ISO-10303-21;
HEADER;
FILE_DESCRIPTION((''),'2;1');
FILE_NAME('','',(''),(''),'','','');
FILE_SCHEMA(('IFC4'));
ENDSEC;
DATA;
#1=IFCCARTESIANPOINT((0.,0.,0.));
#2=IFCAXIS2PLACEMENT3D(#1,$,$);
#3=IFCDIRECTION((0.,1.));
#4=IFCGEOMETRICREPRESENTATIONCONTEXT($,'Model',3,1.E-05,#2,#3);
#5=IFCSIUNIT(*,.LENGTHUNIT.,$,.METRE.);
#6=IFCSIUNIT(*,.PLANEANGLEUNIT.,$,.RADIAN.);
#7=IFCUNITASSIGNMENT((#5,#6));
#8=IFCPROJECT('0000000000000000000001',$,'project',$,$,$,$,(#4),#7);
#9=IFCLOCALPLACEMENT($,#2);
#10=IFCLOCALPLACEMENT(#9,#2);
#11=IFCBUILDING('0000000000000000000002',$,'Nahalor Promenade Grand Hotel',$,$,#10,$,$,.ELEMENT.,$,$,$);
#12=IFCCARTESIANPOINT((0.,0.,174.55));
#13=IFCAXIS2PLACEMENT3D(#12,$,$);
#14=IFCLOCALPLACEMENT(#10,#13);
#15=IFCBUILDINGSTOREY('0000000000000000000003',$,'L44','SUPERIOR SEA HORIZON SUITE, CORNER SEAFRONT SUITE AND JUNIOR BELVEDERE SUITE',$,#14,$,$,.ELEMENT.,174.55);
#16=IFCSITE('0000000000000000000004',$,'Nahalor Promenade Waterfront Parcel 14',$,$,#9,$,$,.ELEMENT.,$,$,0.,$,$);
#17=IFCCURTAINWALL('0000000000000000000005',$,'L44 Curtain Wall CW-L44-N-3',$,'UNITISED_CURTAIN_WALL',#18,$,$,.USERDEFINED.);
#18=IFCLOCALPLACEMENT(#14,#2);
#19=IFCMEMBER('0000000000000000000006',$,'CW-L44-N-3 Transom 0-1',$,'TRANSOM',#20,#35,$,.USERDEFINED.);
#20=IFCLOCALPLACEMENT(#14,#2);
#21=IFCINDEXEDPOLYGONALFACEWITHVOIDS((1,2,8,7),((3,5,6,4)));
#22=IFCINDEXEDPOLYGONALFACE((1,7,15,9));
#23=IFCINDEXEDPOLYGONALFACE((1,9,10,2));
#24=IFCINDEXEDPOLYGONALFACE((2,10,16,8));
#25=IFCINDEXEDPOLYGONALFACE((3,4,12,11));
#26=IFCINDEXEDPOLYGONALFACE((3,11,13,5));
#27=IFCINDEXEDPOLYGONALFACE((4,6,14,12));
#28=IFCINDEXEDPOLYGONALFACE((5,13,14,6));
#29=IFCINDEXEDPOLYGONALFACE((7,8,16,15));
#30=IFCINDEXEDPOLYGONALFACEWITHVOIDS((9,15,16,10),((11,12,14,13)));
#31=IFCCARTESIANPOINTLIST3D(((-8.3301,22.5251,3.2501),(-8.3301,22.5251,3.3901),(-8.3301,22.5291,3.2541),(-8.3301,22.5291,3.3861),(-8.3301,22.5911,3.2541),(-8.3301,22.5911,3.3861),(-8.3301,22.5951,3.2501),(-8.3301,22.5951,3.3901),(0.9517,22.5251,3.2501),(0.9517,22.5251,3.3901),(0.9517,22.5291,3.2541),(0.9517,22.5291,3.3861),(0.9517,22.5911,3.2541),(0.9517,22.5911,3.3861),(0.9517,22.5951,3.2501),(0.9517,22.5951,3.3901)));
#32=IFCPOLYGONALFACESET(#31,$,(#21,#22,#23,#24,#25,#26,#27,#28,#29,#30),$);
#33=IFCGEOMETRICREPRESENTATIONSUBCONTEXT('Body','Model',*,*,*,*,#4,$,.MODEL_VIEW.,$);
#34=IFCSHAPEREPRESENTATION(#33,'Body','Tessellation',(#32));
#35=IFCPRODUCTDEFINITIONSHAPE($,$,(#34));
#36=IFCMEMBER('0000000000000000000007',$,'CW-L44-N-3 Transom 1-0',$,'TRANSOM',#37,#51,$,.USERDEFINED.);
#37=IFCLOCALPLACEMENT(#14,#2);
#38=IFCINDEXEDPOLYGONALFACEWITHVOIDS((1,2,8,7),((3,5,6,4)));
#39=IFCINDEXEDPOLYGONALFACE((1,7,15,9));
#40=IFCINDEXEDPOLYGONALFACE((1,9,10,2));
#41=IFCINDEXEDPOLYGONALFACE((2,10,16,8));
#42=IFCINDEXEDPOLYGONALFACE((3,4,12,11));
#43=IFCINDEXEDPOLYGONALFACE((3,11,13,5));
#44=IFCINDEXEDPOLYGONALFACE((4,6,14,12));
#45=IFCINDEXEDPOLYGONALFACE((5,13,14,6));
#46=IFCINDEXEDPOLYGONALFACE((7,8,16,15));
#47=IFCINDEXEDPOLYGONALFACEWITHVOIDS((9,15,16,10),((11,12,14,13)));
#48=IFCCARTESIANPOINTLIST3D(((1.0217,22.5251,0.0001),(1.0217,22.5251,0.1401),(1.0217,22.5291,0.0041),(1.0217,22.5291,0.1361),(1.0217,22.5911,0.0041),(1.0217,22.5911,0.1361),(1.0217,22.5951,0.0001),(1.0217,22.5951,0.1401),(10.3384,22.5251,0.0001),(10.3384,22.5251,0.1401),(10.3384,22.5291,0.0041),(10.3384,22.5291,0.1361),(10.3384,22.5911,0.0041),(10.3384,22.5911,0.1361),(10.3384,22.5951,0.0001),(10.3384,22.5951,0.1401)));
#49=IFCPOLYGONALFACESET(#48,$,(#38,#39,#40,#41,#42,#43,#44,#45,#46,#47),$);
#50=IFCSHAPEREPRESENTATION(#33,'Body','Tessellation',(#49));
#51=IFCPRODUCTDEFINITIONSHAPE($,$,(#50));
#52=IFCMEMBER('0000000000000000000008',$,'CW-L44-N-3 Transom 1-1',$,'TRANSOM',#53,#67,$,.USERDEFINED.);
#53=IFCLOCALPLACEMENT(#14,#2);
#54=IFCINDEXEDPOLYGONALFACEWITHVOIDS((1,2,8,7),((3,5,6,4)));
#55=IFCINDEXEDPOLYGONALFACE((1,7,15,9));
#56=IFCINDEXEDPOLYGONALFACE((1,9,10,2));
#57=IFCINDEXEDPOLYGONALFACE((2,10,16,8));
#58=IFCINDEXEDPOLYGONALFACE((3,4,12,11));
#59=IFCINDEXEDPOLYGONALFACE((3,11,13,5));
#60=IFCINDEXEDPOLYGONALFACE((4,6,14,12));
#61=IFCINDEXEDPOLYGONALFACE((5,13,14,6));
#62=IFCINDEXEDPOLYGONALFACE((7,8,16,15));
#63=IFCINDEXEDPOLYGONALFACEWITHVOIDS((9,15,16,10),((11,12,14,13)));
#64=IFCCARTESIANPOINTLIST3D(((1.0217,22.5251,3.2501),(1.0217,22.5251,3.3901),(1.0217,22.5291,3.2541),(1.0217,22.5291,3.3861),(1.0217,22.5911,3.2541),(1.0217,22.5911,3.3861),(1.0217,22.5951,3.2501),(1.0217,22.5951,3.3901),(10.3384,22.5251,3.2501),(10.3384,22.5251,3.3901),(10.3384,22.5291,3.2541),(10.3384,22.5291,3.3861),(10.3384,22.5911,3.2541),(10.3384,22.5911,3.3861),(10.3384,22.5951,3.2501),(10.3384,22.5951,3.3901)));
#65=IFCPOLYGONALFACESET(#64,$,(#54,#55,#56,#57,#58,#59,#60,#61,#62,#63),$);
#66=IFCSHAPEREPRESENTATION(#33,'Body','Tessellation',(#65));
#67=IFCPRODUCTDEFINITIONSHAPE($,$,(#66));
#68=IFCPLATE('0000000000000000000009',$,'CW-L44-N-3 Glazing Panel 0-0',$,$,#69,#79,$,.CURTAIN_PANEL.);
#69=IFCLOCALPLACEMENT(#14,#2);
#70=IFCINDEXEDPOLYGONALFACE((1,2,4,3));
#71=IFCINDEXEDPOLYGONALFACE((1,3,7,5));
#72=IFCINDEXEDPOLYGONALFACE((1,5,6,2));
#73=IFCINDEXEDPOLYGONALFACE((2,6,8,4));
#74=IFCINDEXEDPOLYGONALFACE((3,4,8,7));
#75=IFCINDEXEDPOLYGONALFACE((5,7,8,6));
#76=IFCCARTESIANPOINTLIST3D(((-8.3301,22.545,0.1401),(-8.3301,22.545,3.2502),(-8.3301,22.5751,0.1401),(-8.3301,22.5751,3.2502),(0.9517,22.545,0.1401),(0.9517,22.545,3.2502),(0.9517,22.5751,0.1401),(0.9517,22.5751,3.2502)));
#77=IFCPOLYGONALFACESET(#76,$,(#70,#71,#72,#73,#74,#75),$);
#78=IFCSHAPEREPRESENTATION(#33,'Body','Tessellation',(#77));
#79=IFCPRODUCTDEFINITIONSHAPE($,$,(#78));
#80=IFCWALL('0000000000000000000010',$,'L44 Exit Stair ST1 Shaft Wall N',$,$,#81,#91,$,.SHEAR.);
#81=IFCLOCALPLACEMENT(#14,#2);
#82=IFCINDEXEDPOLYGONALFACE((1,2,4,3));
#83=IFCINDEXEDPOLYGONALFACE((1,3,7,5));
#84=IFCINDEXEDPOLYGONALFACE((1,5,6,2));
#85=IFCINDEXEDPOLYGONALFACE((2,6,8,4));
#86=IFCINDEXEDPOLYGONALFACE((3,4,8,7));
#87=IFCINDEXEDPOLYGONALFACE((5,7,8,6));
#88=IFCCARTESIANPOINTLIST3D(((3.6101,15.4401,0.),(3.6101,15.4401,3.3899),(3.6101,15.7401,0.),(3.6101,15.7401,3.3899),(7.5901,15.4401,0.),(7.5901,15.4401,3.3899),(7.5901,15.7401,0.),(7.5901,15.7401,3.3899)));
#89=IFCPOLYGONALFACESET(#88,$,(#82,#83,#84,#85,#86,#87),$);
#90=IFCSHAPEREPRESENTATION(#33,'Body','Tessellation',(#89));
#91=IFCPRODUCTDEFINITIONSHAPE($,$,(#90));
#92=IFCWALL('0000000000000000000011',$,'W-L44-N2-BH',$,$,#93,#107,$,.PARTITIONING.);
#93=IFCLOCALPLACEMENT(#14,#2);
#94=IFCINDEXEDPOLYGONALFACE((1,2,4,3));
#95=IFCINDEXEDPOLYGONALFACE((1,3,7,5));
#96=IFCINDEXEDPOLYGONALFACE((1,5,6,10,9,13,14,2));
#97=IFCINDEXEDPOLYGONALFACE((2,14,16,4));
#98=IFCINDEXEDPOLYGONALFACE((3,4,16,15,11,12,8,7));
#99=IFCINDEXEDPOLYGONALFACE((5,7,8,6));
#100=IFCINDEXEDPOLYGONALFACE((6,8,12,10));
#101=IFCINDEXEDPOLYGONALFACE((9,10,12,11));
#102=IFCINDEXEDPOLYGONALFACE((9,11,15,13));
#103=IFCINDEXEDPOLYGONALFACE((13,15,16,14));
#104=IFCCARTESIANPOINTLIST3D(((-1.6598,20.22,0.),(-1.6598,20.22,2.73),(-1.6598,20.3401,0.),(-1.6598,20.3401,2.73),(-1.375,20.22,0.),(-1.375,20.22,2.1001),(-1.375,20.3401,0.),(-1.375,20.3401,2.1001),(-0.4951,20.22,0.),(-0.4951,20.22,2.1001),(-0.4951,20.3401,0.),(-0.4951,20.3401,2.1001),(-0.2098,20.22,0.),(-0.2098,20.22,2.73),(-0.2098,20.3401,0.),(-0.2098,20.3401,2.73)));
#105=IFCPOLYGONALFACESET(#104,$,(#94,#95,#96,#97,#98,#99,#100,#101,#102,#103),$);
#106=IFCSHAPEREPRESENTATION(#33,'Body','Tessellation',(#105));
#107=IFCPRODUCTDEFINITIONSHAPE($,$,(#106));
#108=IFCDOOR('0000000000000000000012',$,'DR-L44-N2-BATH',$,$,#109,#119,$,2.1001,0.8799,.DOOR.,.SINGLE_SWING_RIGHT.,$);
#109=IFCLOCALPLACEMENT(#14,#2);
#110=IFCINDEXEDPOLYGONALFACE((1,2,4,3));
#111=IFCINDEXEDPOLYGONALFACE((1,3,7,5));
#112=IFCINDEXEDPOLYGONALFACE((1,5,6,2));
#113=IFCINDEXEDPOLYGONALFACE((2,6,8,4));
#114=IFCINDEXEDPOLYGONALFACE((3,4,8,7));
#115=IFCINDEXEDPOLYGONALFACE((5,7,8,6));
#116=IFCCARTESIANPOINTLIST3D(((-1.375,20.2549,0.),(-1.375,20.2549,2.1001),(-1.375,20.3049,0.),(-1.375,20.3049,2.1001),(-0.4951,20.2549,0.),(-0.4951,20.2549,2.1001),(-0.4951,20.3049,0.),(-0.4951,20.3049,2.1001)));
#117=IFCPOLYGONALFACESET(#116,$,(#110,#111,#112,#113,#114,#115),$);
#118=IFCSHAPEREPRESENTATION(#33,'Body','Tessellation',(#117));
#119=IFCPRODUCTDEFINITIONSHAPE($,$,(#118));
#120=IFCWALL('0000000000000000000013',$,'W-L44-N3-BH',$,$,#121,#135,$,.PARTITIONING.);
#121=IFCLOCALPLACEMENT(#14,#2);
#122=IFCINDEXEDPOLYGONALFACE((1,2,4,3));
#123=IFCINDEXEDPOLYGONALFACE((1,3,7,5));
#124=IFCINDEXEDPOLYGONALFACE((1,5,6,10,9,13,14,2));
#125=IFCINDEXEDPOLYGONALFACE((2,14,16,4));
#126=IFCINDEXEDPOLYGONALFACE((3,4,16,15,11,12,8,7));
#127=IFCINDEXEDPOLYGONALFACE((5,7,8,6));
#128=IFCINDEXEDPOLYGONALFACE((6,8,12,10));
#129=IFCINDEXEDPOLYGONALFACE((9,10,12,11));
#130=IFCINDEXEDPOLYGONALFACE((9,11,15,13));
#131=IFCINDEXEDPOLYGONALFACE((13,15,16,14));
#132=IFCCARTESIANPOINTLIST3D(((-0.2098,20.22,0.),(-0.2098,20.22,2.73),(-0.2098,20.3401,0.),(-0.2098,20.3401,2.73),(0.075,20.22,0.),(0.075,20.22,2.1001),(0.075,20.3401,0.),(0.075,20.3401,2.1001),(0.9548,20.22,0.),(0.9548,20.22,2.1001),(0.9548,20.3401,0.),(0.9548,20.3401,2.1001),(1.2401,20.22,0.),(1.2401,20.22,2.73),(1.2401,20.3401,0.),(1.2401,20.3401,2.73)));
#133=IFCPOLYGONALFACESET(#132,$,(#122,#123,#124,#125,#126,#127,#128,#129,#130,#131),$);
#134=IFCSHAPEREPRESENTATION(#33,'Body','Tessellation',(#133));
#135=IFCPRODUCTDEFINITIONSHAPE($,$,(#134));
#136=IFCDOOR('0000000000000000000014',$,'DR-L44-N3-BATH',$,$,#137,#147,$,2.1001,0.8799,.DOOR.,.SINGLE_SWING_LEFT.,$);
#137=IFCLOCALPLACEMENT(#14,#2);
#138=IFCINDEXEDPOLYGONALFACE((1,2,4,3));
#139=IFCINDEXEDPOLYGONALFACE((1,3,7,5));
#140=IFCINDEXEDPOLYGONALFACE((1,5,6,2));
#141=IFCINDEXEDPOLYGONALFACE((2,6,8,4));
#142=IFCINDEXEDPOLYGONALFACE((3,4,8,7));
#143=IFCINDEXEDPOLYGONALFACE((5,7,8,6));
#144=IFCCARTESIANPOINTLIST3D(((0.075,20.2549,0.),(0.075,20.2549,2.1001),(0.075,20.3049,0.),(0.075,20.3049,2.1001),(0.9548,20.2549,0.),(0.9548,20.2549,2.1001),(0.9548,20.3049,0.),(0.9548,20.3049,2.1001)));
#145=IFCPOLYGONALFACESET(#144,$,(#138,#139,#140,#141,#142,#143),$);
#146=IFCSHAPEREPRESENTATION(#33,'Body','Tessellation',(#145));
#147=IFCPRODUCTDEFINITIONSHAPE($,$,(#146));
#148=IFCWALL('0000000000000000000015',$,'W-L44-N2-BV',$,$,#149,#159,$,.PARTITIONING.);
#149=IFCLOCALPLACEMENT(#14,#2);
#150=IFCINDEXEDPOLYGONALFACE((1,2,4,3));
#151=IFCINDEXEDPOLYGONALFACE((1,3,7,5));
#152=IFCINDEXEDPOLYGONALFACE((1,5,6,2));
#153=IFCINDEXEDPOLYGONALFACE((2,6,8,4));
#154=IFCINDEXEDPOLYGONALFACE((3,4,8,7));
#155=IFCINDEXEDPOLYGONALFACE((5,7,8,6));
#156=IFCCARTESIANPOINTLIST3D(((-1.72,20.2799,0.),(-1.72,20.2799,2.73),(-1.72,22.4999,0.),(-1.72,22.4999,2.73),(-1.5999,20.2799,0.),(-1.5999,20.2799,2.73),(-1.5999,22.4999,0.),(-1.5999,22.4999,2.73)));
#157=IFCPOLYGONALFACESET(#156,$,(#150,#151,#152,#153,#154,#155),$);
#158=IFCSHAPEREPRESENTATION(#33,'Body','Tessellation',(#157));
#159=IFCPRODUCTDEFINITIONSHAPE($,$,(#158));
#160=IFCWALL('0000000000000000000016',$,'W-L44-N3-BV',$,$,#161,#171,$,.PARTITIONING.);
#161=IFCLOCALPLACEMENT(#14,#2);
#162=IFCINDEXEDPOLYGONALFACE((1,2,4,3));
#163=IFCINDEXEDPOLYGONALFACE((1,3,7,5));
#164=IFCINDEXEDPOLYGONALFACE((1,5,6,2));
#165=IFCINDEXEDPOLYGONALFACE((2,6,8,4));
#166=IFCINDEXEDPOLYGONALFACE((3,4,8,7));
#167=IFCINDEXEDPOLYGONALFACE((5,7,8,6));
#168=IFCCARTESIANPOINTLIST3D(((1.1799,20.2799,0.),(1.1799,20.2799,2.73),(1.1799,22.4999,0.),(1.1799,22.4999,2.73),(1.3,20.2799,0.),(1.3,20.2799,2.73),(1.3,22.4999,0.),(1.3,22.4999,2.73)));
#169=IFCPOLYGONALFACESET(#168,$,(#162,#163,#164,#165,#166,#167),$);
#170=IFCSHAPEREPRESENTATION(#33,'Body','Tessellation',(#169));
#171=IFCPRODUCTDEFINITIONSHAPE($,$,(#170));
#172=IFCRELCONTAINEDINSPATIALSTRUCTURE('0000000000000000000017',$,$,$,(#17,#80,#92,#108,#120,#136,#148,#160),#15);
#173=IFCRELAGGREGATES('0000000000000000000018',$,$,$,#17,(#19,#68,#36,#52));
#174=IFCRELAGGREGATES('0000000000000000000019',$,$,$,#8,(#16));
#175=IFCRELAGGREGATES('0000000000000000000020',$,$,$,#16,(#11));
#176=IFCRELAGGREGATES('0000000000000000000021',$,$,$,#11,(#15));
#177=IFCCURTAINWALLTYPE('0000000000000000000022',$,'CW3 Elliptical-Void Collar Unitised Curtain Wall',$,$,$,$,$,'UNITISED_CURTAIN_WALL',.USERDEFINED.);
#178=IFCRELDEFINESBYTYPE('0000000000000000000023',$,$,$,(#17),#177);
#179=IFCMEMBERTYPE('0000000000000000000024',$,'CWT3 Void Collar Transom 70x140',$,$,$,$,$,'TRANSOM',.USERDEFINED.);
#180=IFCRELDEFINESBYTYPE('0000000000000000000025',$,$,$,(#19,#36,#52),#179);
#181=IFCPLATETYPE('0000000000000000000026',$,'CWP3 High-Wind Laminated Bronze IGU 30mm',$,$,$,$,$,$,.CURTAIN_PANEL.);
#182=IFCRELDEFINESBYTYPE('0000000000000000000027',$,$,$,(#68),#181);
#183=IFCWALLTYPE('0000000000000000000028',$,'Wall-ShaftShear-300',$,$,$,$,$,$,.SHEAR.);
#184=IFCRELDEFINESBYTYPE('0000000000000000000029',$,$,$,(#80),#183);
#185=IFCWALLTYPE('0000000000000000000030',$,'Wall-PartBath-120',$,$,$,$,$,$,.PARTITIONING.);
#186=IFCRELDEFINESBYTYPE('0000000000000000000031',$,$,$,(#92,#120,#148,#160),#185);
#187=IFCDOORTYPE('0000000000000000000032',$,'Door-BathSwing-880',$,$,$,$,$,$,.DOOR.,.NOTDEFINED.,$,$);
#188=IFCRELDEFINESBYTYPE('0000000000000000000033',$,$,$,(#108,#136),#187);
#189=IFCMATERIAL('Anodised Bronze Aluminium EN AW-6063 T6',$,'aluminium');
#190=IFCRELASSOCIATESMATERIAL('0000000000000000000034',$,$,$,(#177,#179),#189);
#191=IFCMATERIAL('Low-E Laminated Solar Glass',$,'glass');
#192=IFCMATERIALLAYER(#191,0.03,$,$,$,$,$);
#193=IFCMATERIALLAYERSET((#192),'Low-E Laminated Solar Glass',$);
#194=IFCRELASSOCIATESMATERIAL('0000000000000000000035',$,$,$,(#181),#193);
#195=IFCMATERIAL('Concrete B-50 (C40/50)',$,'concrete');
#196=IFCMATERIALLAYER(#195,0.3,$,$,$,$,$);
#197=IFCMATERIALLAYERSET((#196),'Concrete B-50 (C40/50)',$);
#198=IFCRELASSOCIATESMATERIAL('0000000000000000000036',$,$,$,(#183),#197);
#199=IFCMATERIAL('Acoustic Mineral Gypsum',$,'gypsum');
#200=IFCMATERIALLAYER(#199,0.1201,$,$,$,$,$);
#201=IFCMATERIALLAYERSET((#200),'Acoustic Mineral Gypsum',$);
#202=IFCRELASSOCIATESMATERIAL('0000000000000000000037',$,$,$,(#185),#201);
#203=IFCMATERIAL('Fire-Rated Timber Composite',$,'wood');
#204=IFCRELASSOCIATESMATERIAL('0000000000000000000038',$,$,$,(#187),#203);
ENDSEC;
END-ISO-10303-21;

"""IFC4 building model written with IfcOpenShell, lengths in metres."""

from ifc_helpers import new_model, si_unit, direction, frame, frame_2d, origin, origin_2d, place, context, subcontext, project, spatial, rectangle, hollow_rectangle, extrude, source, transform, mapped, material, layer, layer_set, material_profile, profile_set, type_object, element, fill, aggregate, save


model = new_model("IFC4")

# Units and contexts
model_context = context("Model", 3, precision=1e-05, world=origin(), true_north=direction((0.0, 1.0)))
body_context = subcontext(model_context, "Body", "Model", "MODEL_VIEW")
ifc_project = project(units=[si_unit("LENGTHUNIT", "METRE"), si_unit("PLANEANGLEUNIT", "RADIAN")], contexts=[model_context])

# Site, building, storey
site_placement = place(None, origin())
site = spatial("IfcSite", under=ifc_project, at=site_placement, Name="Nahalor Promenade Waterfront Parcel 14", CompositionType="ELEMENT", RefElevation=0.0)
building_placement = place(site_placement, origin())
building = spatial("IfcBuilding", under=site, at=building_placement, Name="Nahalor Promenade Grand Hotel", CompositionType="ELEMENT")
storey_placement = place(building_placement, frame((0.0, 0.0, 174.55)))
storey = spatial("IfcBuildingStorey", under=building, at=storey_placement, Name="L44", Description="SUPERIOR SEA HORIZON SUITE, CORNER SEAFRONT SUITE AND JUNIOR BELVEDERE SUITE", CompositionType="ELEMENT", Elevation=174.55)

# Curtain wall, members, plate
ifc_material_1 = material(Name="Anodised Bronze Aluminium EN AW-6063 T6", Category="aluminium")
curtain_wall_type = type_object("IfcCurtainWallType", Name="CW3 Elliptical-Void Collar Unitised Curtain Wall", ElementType="UNITISED_CURTAIN_WALL", PredefinedType="USERDEFINED", material=ifc_material_1)
curtain_wall_placement = place(storey_placement, origin())
curtain_wall = element("IfcCurtainWall", 1, at=curtain_wall_placement, inside=storey, type_object=curtain_wall_type, Name="L44 Curtain Wall CW-L44-N-3", ObjectType="UNITISED_CURTAIN_WALL", PredefinedType="USERDEFINED")
ifc_material_profile_1 = material_profile(ifc_material_1, hollow_rectangle(XDim=0.07, YDim=0.14, WallThickness=0.004, at=origin_2d()), Name="CWT 70x140x4")
ifc_profile_set_1 = profile_set([ifc_material_profile_1], Name="Anodised Bronze Aluminium EN AW-6063 T6")
member_type_1 = type_object("IfcMemberType", Name="CWT3 Void Collar Transom 70x140", ElementType="TRANSOM", PredefinedType="USERDEFINED", material=ifc_profile_set_1)
shared_shape_1 = source(origin(), body_context, "Body", "SweptSolid", [
    extrude(hollow_rectangle(XDim=0.07, YDim=0.14, WallThickness=0.004, at=origin_2d()), origin(), (0.0, 0.0, 1.0), 9.2817),
])
member_1_placement = place(storey_placement, frame((-8.3301, 22.5601, 3.3201), z_axis=(1.0, 0.0, 0.0), x_axis=(0.0, 1.0, 0.0)))
member_1 = element("IfcMember", 2, at=member_1_placement, type_object=member_type_1, Name="CW-L44-N-3 Transom 0-1", ObjectType="TRANSOM", PredefinedType="USERDEFINED", context=body_context, shape_type="MappedRepresentation", body=[
    mapped(shared_shape_1, transform((0.0, 0.0, 0.0), scale=1.0)),
])
shared_shape_2 = source(origin(), body_context, "Body", "SweptSolid", [
    extrude(hollow_rectangle(XDim=0.07, YDim=0.14, WallThickness=0.004, at=origin_2d()), origin(), (0.0, 0.0, 1.0), 9.3167),
])
member_2_placement = place(storey_placement, frame((1.0217, 22.5601, 0.0701), z_axis=(1.0, 0.0, 0.0), x_axis=(0.0, 1.0, 0.0)))
member_2 = element("IfcMember", 3, at=member_2_placement, type_object=member_type_1, Name="CW-L44-N-3 Transom 1-0", ObjectType="TRANSOM", PredefinedType="USERDEFINED", context=body_context, shape_type="MappedRepresentation", body=[
    mapped(shared_shape_2, transform((0.0, 0.0, 0.0), scale=1.0)),
])
member_3_placement = place(storey_placement, frame((1.0217, 22.5601, 3.3201), z_axis=(1.0, 0.0, 0.0), x_axis=(0.0, 1.0, 0.0)))
member_3 = element("IfcMember", 4, at=member_3_placement, type_object=member_type_1, Name="CW-L44-N-3 Transom 1-1", ObjectType="TRANSOM", PredefinedType="USERDEFINED", context=body_context, shape_type="MappedRepresentation", body=[
    mapped(shared_shape_2, transform((0.0, 0.0, 0.0), scale=1.0)),
])
ifc_material_2 = material(Name="Low-E Laminated Solar Glass", Category="glass")
ifc_layer_1 = layer(ifc_material_2, 0.03)
ifc_layer_set_1 = layer_set([ifc_layer_1], Name="Low-E Laminated Solar Glass")
plate_type = type_object("IfcPlateType", Name="CWP3 High-Wind Laminated Bronze IGU 30mm", PredefinedType="CURTAIN_PANEL", material=ifc_layer_set_1)
shared_shape_3 = source(origin(), body_context, "Body", "SweptSolid", [
    extrude(rectangle(XDim=9.2817, YDim=0.03, at=origin_2d()), origin(), (0.0, 0.0, 1.0), 3.1101),
])
plate_placement = place(storey_placement, frame((-3.6892, 22.5601, 0.1401), z_axis=(0.0, 0.0, 1.0), x_axis=(1.0, 0.0, 0.0)))
plate = element("IfcPlate", 5, at=plate_placement, type_object=plate_type, Name="CW-L44-N-3 Glazing Panel 0-0", PredefinedType="CURTAIN_PANEL", context=body_context, shape_type="MappedRepresentation", body=[
    mapped(shared_shape_3, transform((0.0, 0.0, 0.0), scale=1.0)),
])
aggregate(curtain_wall, [member_1, plate, member_2, member_3])

# Wall
ifc_material_3 = material(Name="Concrete B-50 (C40/50)", Category="concrete")
ifc_layer_2 = layer(ifc_material_3, 0.3)
ifc_layer_set_2 = layer_set([ifc_layer_2], Name="Concrete B-50 (C40/50)")
wall_type_1 = type_object("IfcWallType", Name="Wall-ShaftShear-300", PredefinedType="SHEAR", material=ifc_layer_set_2)
shared_shape_4 = source(origin(), body_context, "Body", "SweptSolid", [
    extrude(rectangle(XDim=3.98, YDim=0.3, at=frame_2d((1.99, 0.0))), origin(), (0.0, 0.0, 1.0), 3.3899),
])
wall_1_placement = place(storey_placement, frame((3.6101, 15.5901, 0.0), z_axis=(0.0, 0.0, 1.0), x_axis=(1.0, 0.0, 0.0)))
element("IfcWall", 6, at=wall_1_placement, inside=storey, type_object=wall_type_1, Name="L44 Exit Stair ST1 Shaft Wall N", PredefinedType="SHEAR", context=body_context, shape_type="MappedRepresentation", body=[
    mapped(shared_shape_4, transform((0.0, 0.0, 0.0), scale=1.0)),
])

# Walls, openings, doors
ifc_material_4 = material(Name="Acoustic Mineral Gypsum", Category="gypsum")
ifc_layer_3 = layer(ifc_material_4, 0.1201)
ifc_layer_set_3 = layer_set([ifc_layer_3], Name="Acoustic Mineral Gypsum")
wall_type_2 = type_object("IfcWallType", Name="Wall-PartBath-120", PredefinedType="PARTITIONING", material=ifc_layer_set_3)
shared_shape_5 = source(origin(), body_context, "Body", "SweptSolid", [
    extrude(rectangle(XDim=1.45, YDim=0.1201, at=frame_2d((0.7251, 0.0))), origin(), (0.0, 0.0, 1.0), 2.73),
])
wall_2_placement = place(storey_placement, frame((-1.6599, 20.28, 0.0), z_axis=(0.0, 0.0, 1.0), x_axis=(1.0, 0.0, 0.0)))
wall_2 = element("IfcWall", 7, at=wall_2_placement, inside=storey, type_object=wall_type_2, Name="W-L44-N2-BH", PredefinedType="PARTITIONING", context=body_context, shape_type="MappedRepresentation", body=[
    mapped(shared_shape_5, transform((0.0, 0.0, 0.0), scale=1.0)),
])
opening_1_placement = place(wall_2_placement, frame((0.2849, 0.0, 0.0)))
opening_1 = element("IfcOpeningElement", 8, at=opening_1_placement, cuts=wall_2, PredefinedType="OPENING", context=body_context, shape_type="SweptSolid", body=[
    extrude(rectangle(XDim=0.8799, YDim=2.1001, at=frame_2d((0.4399, 1.05))), frame((0.0, 0.0701, 0.0), z_axis=(0.0, -1.0, 0.0), x_axis=(1.0, 0.0, 0.0)), (0.0, 0.0, 1.0), 0.1401),
])
ifc_material_5 = material(Name="Fire-Rated Timber Composite", Category="wood")
door_type = type_object("IfcDoorType", Name="Door-BathSwing-880", OperationType="NOTDEFINED", PredefinedType="DOOR", material=ifc_material_5)
shared_shape_6 = source(origin(), body_context, "Body", "SweptSolid", [
    extrude(rectangle(XDim=0.8799, YDim=2.1001, at=frame_2d((0.4399, 1.05))), frame((0.0, 0.0249, 0.0), z_axis=(0.0, -1.0, 0.0), x_axis=(1.0, 0.0, 0.0)), (0.0, 0.0, 1.0), 0.05),
])
door_1_placement = place(opening_1_placement, origin())
door_1 = element("IfcDoor", 9, at=door_1_placement, inside=storey, type_object=door_type, Name="DR-L44-N2-BATH", OperationType="SINGLE_SWING_RIGHT", OverallHeight=2.1001, OverallWidth=0.8799, PredefinedType="DOOR", context=body_context, shape_type="MappedRepresentation", body=[
    mapped(shared_shape_6, transform((0.0, 0.0, 0.0), scale=1.0)),
])
fill(opening_1, door_1)
wall_3_placement = place(storey_placement, frame((-0.21, 20.28, 0.0), z_axis=(0.0, 0.0, 1.0), x_axis=(1.0, 0.0, 0.0)))
wall_3 = element("IfcWall", 10, at=wall_3_placement, inside=storey, type_object=wall_type_2, Name="W-L44-N3-BH", PredefinedType="PARTITIONING", context=body_context, shape_type="MappedRepresentation", body=[
    mapped(shared_shape_5, transform((0.0, 0.0, 0.0), scale=1.0)),
])
opening_2_placement = place(wall_3_placement, frame((0.2849, 0.0, 0.0)))
opening_2 = element("IfcOpeningElement", 11, at=opening_2_placement, cuts=wall_3, PredefinedType="OPENING", context=body_context, shape_type="SweptSolid", body=[
    extrude(rectangle(XDim=0.8799, YDim=2.1001, at=frame_2d((0.4399, 1.05))), frame((0.0, 0.0701, 0.0), z_axis=(0.0, -1.0, 0.0), x_axis=(1.0, 0.0, 0.0)), (0.0, 0.0, 1.0), 0.1401),
])
door_2_placement = place(opening_2_placement, origin())
door_2 = element("IfcDoor", 12, at=door_2_placement, inside=storey, type_object=door_type, Name="DR-L44-N3-BATH", OperationType="SINGLE_SWING_LEFT", OverallHeight=2.1001, OverallWidth=0.8799, PredefinedType="DOOR", context=body_context, shape_type="MappedRepresentation", body=[
    mapped(shared_shape_6, transform((0.0, 0.0, 0.0), scale=1.0)),
])
fill(opening_2, door_2)

# Walls
shared_shape_7 = source(origin(), body_context, "Body", "SweptSolid", [
    extrude(rectangle(XDim=2.22, YDim=0.1201, at=frame_2d((1.1099, 0.0))), origin(), (0.0, 0.0, 1.0), 2.73),
])
for number, where, z_axis, x_axis, name in (
    (13, (-1.6599, 20.28, 0.0), (0.0, 0.0, 1.0), (0.0, 1.0, 0.0), "W-L44-N2-BV"),
    (14, (1.24, 20.28, 0.0), (0.0, 0.0, 1.0), (0.0, 1.0, 0.0), "W-L44-N3-BV"),
):
    element("IfcWall", number, at=place(storey_placement, frame(where, z_axis=z_axis, x_axis=x_axis)), inside=storey, type_object=wall_type_2, Name=name, PredefinedType="PARTITIONING", context=body_context, shape_type="MappedRepresentation", body=[
        mapped(shared_shape_7, transform((0.0, 0.0, 0.0), scale=1.0)),
    ])

save(model, "model.ifc")
